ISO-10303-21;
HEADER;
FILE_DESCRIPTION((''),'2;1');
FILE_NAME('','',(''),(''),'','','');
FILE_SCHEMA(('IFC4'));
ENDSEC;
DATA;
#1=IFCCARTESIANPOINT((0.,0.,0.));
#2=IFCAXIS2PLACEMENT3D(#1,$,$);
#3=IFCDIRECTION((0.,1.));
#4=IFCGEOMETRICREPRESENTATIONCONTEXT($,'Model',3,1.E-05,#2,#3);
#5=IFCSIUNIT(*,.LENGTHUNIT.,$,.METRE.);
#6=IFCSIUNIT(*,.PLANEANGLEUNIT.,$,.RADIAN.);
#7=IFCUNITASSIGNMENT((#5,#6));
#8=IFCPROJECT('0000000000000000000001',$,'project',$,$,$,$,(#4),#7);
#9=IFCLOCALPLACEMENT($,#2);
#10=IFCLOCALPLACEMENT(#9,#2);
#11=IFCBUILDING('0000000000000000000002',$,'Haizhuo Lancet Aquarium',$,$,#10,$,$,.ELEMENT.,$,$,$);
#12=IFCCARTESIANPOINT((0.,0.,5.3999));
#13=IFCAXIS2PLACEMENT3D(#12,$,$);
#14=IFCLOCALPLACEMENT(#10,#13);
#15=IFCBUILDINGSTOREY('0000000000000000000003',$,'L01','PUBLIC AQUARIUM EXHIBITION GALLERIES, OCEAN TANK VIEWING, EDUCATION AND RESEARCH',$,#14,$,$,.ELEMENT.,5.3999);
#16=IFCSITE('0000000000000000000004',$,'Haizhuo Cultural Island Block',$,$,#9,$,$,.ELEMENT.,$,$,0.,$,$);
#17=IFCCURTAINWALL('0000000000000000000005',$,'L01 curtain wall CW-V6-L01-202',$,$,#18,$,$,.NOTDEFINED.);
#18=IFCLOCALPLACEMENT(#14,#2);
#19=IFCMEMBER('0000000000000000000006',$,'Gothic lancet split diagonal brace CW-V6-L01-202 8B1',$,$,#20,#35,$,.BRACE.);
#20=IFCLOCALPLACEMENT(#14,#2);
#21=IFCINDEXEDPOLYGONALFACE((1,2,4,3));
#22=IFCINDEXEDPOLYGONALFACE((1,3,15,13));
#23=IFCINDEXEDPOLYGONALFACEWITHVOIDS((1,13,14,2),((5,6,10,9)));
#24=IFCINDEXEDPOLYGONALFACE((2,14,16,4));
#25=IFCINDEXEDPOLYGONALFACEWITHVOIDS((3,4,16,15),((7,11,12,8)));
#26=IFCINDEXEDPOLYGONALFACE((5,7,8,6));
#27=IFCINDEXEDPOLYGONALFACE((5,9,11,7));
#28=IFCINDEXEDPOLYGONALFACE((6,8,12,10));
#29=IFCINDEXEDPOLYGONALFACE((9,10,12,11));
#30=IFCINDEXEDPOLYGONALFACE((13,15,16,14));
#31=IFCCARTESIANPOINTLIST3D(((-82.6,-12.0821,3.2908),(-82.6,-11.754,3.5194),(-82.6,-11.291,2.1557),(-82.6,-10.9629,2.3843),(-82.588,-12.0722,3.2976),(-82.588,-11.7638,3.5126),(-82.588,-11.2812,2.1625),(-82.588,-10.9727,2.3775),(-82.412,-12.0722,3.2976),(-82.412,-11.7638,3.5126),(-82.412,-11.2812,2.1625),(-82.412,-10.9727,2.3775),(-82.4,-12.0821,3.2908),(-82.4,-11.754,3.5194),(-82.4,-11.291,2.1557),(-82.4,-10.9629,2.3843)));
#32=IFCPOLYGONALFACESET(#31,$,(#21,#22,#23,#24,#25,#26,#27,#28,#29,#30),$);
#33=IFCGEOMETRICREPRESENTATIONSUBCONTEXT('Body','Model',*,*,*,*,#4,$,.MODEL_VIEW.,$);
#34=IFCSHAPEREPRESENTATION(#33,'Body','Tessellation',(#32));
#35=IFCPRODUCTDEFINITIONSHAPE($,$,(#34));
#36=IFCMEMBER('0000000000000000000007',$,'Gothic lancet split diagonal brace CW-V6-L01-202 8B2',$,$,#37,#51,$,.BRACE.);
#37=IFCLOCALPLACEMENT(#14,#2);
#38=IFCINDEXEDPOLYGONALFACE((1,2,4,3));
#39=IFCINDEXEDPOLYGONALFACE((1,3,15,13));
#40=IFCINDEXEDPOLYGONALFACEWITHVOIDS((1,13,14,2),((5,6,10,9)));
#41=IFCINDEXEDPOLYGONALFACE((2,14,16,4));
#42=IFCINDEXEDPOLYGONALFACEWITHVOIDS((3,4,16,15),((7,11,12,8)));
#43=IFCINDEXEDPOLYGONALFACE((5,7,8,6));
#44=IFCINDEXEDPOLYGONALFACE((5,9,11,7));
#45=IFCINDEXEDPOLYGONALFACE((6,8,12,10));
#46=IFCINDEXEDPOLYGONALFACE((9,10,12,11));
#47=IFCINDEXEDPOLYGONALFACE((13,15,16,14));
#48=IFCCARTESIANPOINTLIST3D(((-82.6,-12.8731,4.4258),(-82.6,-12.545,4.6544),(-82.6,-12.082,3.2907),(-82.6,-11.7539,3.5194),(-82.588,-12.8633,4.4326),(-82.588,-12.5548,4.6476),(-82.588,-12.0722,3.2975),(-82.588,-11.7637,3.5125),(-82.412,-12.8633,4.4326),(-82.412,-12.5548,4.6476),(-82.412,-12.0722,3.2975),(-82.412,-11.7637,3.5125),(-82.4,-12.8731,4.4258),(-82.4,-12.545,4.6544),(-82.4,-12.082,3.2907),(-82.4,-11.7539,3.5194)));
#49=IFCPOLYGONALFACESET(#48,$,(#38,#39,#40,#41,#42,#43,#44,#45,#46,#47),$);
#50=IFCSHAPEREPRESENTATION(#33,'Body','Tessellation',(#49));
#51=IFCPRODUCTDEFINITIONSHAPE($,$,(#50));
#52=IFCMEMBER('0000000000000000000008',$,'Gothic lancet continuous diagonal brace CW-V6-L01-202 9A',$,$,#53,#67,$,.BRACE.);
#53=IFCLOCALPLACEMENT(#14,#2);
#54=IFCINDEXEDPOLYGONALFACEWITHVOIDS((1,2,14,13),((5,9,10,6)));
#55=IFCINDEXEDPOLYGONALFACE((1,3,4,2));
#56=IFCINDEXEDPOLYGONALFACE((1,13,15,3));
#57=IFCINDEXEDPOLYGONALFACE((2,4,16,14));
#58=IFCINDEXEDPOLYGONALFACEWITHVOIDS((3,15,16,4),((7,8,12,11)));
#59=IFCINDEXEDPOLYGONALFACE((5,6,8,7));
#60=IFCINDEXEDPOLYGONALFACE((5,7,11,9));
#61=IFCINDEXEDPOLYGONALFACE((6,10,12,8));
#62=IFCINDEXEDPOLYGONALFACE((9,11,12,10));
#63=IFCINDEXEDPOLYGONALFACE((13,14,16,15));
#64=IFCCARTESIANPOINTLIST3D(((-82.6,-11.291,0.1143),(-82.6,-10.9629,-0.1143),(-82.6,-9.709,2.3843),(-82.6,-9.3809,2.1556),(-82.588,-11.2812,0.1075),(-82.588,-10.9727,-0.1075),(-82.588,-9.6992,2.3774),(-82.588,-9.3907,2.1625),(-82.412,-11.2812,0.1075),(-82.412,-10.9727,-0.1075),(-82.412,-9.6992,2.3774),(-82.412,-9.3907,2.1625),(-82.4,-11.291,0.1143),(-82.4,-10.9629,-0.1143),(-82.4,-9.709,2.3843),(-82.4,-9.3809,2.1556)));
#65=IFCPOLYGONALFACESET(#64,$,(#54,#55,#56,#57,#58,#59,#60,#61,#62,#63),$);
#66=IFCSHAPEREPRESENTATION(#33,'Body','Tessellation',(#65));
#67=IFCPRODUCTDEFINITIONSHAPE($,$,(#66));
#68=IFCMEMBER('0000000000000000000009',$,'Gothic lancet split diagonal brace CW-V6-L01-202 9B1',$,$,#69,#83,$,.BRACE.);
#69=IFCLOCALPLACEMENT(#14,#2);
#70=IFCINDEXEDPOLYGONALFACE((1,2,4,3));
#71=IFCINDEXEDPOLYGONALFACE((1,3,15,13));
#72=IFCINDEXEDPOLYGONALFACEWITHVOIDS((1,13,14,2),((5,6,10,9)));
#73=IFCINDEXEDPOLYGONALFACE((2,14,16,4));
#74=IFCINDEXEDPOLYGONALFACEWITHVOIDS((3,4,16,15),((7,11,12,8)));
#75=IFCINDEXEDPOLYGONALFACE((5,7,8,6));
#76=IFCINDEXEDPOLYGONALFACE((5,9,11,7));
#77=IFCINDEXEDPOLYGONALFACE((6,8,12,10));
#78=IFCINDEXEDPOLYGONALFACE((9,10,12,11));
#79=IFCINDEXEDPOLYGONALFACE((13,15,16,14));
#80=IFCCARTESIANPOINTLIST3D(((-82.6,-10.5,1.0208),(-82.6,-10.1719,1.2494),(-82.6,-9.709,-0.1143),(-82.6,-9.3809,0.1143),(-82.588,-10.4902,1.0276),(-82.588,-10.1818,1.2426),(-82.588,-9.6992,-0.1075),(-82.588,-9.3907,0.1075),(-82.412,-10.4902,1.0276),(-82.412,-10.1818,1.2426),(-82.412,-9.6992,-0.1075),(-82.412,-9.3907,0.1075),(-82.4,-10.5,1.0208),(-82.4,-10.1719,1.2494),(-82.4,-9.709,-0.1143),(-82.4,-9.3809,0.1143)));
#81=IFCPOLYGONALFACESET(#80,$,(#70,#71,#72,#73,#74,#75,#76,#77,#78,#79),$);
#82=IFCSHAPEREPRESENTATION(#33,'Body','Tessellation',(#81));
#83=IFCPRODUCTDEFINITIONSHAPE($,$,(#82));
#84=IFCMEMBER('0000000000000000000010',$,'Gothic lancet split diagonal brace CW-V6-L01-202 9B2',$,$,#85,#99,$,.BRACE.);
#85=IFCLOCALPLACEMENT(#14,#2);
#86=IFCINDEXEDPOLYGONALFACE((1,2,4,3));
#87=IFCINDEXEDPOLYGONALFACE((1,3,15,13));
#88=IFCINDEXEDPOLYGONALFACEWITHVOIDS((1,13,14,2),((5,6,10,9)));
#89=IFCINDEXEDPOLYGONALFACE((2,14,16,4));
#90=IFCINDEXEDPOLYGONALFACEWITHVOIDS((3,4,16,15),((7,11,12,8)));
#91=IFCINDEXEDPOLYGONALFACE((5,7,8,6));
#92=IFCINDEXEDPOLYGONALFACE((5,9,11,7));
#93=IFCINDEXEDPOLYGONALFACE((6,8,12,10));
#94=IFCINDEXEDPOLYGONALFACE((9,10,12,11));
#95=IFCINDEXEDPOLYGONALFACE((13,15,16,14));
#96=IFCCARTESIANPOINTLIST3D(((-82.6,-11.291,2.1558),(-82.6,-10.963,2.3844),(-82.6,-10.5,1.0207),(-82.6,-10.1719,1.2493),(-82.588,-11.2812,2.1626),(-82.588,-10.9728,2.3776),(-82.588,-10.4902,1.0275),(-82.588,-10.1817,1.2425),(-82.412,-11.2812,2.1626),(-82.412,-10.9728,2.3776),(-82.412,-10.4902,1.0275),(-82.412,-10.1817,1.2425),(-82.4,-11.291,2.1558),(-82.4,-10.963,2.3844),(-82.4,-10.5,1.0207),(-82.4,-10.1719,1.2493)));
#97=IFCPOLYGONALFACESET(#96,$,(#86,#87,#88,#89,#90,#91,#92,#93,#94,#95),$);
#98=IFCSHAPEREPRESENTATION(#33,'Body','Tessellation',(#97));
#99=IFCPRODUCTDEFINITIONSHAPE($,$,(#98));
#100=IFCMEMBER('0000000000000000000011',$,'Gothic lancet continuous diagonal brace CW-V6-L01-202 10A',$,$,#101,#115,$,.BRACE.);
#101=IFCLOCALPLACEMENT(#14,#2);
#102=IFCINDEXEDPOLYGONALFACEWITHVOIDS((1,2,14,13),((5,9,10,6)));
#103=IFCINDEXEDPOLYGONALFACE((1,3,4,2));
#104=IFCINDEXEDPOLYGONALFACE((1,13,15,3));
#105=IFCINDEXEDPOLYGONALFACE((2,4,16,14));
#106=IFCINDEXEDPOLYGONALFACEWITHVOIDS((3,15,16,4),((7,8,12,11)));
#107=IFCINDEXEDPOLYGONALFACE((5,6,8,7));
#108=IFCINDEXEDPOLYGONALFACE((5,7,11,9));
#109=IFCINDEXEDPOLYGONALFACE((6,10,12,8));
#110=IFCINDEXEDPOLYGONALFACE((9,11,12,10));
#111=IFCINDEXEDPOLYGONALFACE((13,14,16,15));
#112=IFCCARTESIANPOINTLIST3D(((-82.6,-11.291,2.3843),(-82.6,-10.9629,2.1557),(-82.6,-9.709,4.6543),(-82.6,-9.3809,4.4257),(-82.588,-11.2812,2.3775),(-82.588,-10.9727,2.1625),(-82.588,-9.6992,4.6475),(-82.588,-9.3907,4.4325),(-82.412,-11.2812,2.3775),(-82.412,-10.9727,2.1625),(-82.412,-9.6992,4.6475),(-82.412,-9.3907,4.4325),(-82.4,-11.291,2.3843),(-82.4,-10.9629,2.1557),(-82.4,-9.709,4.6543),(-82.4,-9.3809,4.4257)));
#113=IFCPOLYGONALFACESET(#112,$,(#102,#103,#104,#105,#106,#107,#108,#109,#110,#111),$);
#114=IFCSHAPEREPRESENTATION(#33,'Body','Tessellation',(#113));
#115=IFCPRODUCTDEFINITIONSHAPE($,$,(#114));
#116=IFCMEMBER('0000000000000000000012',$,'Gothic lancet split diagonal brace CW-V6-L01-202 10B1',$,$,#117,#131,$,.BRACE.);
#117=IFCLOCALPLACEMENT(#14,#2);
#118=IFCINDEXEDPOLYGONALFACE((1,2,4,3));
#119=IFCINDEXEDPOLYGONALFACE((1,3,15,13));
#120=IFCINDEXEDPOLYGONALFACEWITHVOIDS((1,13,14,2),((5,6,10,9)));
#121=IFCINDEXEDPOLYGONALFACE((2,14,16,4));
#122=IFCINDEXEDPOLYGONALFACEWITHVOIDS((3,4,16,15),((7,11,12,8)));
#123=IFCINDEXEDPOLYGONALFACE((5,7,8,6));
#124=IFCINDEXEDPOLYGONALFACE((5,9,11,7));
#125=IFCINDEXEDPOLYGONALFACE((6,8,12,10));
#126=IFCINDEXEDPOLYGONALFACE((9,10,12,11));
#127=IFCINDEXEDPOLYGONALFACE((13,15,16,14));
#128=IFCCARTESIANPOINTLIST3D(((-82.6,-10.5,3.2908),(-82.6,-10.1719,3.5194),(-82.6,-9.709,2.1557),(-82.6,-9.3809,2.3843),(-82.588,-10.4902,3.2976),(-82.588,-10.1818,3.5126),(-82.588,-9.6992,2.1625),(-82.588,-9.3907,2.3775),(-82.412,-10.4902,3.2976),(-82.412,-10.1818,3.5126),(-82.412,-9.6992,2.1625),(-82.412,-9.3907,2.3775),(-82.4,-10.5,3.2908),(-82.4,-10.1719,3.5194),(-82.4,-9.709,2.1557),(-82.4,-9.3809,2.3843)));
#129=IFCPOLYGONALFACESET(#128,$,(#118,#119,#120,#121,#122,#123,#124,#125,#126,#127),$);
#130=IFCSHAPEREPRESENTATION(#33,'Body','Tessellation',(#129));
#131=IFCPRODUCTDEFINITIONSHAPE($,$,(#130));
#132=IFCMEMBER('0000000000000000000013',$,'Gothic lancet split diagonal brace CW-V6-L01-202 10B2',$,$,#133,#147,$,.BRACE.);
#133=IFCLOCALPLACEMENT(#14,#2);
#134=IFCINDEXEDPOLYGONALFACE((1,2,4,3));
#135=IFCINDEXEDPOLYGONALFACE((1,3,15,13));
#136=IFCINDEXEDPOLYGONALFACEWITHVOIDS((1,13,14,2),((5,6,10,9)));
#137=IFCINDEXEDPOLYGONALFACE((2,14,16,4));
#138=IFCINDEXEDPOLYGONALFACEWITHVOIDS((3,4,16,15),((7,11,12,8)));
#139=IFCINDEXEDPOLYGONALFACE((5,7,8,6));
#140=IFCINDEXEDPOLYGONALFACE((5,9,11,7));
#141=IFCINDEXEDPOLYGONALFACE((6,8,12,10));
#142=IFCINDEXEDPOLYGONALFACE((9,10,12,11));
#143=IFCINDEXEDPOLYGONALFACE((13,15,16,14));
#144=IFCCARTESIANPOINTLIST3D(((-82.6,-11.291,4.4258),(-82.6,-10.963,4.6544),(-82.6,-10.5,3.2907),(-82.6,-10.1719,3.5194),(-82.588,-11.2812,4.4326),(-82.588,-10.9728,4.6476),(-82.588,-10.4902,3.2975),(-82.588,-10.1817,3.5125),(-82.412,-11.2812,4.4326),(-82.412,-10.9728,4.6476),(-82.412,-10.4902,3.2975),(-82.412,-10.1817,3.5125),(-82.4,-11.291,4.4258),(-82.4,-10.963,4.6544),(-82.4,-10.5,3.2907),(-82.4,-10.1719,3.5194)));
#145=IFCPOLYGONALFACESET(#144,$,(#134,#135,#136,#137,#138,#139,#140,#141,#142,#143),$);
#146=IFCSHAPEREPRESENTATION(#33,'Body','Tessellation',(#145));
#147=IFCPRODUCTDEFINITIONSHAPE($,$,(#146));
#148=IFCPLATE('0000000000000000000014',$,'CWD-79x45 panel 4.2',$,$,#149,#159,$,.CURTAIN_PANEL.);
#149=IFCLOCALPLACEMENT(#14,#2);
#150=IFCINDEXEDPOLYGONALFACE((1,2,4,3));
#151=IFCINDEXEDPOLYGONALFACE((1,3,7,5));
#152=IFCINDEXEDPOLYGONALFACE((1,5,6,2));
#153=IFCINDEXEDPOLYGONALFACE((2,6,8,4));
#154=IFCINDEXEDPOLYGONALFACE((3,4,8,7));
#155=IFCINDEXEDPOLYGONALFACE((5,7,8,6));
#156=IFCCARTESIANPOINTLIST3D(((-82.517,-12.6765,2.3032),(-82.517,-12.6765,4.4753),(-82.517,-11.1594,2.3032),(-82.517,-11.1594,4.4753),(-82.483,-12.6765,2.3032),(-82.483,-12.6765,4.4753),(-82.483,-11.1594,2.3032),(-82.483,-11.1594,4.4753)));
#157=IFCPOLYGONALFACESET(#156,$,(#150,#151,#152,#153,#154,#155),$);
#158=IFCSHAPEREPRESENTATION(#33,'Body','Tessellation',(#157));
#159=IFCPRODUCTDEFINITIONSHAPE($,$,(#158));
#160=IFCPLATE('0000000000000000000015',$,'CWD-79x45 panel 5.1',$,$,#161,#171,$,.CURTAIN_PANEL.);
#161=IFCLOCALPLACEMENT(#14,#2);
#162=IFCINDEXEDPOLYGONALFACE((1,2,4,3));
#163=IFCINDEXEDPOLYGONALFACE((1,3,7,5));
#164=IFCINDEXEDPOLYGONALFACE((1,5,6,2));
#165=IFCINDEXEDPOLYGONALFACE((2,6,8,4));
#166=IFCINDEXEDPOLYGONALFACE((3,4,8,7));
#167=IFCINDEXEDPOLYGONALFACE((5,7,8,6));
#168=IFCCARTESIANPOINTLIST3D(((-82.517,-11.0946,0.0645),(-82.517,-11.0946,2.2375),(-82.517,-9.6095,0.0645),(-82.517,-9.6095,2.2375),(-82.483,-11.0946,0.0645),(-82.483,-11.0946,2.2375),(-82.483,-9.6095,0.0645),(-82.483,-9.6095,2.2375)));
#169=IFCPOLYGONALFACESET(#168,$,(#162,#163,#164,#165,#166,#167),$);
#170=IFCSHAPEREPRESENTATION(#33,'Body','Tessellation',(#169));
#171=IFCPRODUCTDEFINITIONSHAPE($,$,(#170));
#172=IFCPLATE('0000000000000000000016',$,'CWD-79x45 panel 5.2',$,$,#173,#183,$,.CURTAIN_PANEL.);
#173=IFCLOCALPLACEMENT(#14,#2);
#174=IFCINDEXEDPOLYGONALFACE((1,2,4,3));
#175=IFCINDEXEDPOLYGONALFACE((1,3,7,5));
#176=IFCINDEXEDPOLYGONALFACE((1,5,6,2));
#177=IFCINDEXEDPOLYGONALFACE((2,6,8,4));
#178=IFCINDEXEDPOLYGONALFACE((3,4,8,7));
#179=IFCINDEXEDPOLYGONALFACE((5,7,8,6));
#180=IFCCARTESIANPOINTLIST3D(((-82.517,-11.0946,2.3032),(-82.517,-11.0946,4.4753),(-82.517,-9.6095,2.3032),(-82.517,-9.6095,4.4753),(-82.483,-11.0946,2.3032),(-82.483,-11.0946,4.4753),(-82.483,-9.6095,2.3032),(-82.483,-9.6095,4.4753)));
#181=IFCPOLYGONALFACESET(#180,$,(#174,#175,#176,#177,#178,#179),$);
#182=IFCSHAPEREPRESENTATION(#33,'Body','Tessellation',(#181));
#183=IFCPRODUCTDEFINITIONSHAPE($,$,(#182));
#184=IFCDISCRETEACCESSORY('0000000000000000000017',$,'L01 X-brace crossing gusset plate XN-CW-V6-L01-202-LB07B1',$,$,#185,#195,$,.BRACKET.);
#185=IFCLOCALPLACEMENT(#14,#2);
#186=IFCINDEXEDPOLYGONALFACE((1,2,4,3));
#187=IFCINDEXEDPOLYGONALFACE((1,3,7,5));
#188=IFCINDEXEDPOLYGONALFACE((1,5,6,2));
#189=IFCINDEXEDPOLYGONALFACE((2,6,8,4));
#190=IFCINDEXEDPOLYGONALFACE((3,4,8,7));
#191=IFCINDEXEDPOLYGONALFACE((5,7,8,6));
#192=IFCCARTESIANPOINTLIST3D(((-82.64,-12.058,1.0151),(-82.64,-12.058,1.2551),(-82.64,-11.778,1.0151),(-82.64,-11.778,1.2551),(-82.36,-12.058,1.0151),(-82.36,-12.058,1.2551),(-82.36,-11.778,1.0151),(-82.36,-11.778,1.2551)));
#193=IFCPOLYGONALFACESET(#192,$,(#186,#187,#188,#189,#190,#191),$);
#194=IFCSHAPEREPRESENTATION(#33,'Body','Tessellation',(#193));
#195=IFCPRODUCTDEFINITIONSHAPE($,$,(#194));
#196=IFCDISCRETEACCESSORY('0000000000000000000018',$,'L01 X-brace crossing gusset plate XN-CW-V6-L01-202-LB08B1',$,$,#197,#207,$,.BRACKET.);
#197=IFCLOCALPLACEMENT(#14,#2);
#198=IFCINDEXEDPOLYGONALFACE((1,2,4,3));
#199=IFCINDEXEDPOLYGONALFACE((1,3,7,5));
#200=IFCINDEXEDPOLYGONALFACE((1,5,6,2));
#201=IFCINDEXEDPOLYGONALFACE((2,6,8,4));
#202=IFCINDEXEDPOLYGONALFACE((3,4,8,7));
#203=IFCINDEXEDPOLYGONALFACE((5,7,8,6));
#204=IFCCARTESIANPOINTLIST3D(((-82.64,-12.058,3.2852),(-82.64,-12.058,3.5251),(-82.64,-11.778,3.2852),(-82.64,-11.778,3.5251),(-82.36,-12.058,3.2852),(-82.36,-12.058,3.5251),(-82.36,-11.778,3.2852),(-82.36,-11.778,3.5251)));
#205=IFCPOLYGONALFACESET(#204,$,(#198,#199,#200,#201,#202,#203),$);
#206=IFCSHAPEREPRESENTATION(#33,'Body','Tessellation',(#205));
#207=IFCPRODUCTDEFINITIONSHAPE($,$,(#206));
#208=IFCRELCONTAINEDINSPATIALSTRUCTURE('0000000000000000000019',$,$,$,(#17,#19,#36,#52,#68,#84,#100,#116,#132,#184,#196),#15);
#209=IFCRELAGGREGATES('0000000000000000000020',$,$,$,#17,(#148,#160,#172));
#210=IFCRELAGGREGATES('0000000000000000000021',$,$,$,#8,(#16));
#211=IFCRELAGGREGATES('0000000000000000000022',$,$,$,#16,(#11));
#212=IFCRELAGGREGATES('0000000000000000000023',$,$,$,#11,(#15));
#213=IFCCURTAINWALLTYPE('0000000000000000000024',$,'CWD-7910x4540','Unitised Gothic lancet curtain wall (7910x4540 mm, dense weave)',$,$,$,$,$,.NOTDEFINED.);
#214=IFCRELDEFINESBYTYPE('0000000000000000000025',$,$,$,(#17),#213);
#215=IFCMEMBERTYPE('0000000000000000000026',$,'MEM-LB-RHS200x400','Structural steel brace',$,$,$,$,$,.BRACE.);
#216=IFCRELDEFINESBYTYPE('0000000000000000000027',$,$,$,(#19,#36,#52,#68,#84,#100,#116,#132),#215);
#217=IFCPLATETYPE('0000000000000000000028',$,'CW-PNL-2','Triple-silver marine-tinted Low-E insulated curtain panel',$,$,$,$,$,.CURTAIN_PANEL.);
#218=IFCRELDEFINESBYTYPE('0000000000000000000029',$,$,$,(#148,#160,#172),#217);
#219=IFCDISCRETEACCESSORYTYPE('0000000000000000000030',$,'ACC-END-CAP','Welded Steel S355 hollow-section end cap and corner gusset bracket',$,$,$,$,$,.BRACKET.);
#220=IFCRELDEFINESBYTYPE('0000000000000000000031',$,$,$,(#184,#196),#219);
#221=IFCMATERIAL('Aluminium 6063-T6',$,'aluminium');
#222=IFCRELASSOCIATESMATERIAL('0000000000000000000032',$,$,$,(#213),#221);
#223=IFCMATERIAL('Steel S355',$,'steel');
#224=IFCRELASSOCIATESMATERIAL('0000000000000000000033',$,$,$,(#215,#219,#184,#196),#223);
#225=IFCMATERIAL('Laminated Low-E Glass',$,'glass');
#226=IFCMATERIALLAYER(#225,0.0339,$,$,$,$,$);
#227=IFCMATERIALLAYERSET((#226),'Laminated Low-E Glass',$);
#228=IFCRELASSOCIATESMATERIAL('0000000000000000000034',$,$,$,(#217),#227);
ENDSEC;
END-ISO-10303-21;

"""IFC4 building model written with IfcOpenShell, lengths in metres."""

from ifc_helpers import new_model, si_unit, direction, frame, origin, origin_2d, place, context, subcontext, project, spatial, rectangle, hollow_rectangle, extrude, material, layer, layer_set, material_profile, profile_set, type_object, element, aggregate, save


model = new_model("IFC4")

# Units and contexts
model_context = context("Model", 3, precision=1e-05, world=origin(), true_north=direction((0.0, 1.0)))
body_context = subcontext(model_context, "Body", "Model", "MODEL_VIEW")
ifc_project = project(units=[si_unit("LENGTHUNIT", "METRE"), si_unit("PLANEANGLEUNIT", "RADIAN")], contexts=[model_context])

# Site, building, storey
site_placement = place(None, origin())
site = spatial("IfcSite", under=ifc_project, at=site_placement, Name="Haizhuo Cultural Island Block", CompositionType="ELEMENT", RefElevation=0.0)
building_placement = place(site_placement, origin())
building = spatial("IfcBuilding", under=site, at=building_placement, Name="Haizhuo Lancet Aquarium", CompositionType="ELEMENT")
storey_placement = place(building_placement, frame((0.0, 0.0, 5.3999)))
storey = spatial("IfcBuildingStorey", under=building, at=storey_placement, Name="L01", Description="PUBLIC AQUARIUM EXHIBITION GALLERIES, OCEAN TANK VIEWING, EDUCATION AND RESEARCH", CompositionType="ELEMENT", Elevation=5.3999)

# Shared definitions
ifc_material_1 = material(Name="Steel S355", Category="steel")

# Curtain wall
ifc_material_2 = material(Name="Aluminium 6063-T6", Category="aluminium")
curtain_wall_type = type_object("IfcCurtainWallType", Name="CWD-7910x4540", Description="Unitised Gothic lancet curtain wall (7910x4540 mm, dense weave)", PredefinedType="NOTDEFINED", material=ifc_material_2)
curtain_wall_placement = place(storey_placement, origin())
curtain_wall = element("IfcCurtainWall", 1, at=curtain_wall_placement, inside=storey, type_object=curtain_wall_type, Name="L01 curtain wall CW-V6-L01-202", PredefinedType="NOTDEFINED")

# Members
ifc_material_profile_1 = material_profile(ifc_material_1, hollow_rectangle(XDim=0.2, YDim=0.3999, WallThickness=0.012, at=origin_2d()), Name="RHS 200x400x12")
ifc_profile_set_1 = profile_set([ifc_material_profile_1], Name="Steel S355")
member_type_1 = type_object("IfcMemberType", Name="MEM-LB-RHS200x400", Description="Structural steel brace", PredefinedType="BRACE", material=ifc_profile_set_1)
for number, where, z_axis, x_axis, name in (
    (2, (-82.5, -11.127, 2.27), (0.0, -0.571767, 0.820416), (1.0, 0.0, 0.0), "Gothic lancet split diagonal brace CW-V6-L01-202 8B1"),
    (3, (-82.5, -11.918, 3.405), (0.0, -0.571767, 0.820416), (1.0, 0.0, 0.0), "Gothic lancet split diagonal brace CW-V6-L01-202 8B2"),
):
    element("IfcMember", number, at=place(storey_placement, frame(where, z_axis=z_axis, x_axis=x_axis)), inside=storey, type_object=member_type_1, Name=name, PredefinedType="BRACE", context=body_context, shape_type="SweptSolid", body=[
        extrude(hollow_rectangle(XDim=0.2, YDim=0.3999, WallThickness=0.012, at=origin_2d()), origin(), (0.0, 0.0, 1.0), 1.3835),
    ])
member_1_placement = place(storey_placement, frame((-82.5, -11.127, 0.0), z_axis=(0.0, 0.571767, 0.820416), x_axis=(-1.0, 0.0, 0.0)))
element("IfcMember", 4, at=member_1_placement, inside=storey, type_object=member_type_1, Name="Gothic lancet continuous diagonal brace CW-V6-L01-202 9A", PredefinedType="BRACE", context=body_context, shape_type="SweptSolid", body=[
    extrude(hollow_rectangle(XDim=0.2, YDim=0.3999, WallThickness=0.012, at=origin_2d()), origin(), (0.0, 0.0, 1.0), 2.7668),
])
for number, where, z_axis, x_axis, name in (
    (5, (-82.5, -9.5449, 0.0), (0.0, -0.571767, 0.820416), (1.0, 0.0, 0.0), "Gothic lancet split diagonal brace CW-V6-L01-202 9B1"),
    (6, (-82.5, -10.3359, 1.135), (0.0, -0.571767, 0.820416), (1.0, 0.0, 0.0), "Gothic lancet split diagonal brace CW-V6-L01-202 9B2"),
):
    element("IfcMember", number, at=place(storey_placement, frame(where, z_axis=z_axis, x_axis=x_axis)), inside=storey, type_object=member_type_1, Name=name, PredefinedType="BRACE", context=body_context, shape_type="SweptSolid", body=[
        extrude(hollow_rectangle(XDim=0.2, YDim=0.3999, WallThickness=0.012, at=origin_2d()), origin(), (0.0, 0.0, 1.0), 1.3835),
    ])
member_2_placement = place(storey_placement, frame((-82.5, -11.127, 2.27), z_axis=(0.0, 0.571767, 0.820416), x_axis=(-1.0, 0.0, 0.0)))
element("IfcMember", 7, at=member_2_placement, inside=storey, type_object=member_type_1, Name="Gothic lancet continuous diagonal brace CW-V6-L01-202 10A", PredefinedType="BRACE", context=body_context, shape_type="SweptSolid", body=[
    extrude(hollow_rectangle(XDim=0.2, YDim=0.3999, WallThickness=0.012, at=origin_2d()), origin(), (0.0, 0.0, 1.0), 2.7668),
])
for number, where, z_axis, x_axis, name in (
    (8, (-82.5, -9.5449, 2.27), (0.0, -0.571767, 0.820416), (1.0, 0.0, 0.0), "Gothic lancet split diagonal brace CW-V6-L01-202 10B1"),
    (9, (-82.5, -10.3359, 3.405), (0.0, -0.571767, 0.820416), (1.0, 0.0, 0.0), "Gothic lancet split diagonal brace CW-V6-L01-202 10B2"),
):
    element("IfcMember", number, at=place(storey_placement, frame(where, z_axis=z_axis, x_axis=x_axis)), inside=storey, type_object=member_type_1, Name=name, PredefinedType="BRACE", context=body_context, shape_type="SweptSolid", body=[
        extrude(hollow_rectangle(XDim=0.2, YDim=0.3999, WallThickness=0.012, at=origin_2d()), origin(), (0.0, 0.0, 1.0), 1.3835),
    ])

# Plates
ifc_material_3 = material(Name="Laminated Low-E Glass", Category="glass")
ifc_layer = layer(ifc_material_3, 0.0339)
ifc_layer_set = layer_set([ifc_layer], Name="Laminated Low-E Glass")
plate_type = type_object("IfcPlateType", Name="CW-PNL-2", Description="Triple-silver marine-tinted Low-E insulated curtain panel", PredefinedType="CURTAIN_PANEL", material=ifc_layer_set)
plate_1_placement = place(storey_placement, frame((-82.5, -11.918, 2.3032), z_axis=(0.0, 0.0, 1.0), x_axis=(0.0, 1.0, 0.0)))
plate_1 = element("IfcPlate", 10, at=plate_1_placement, type_object=plate_type, Name="CWD-79x45 panel 4.2", PredefinedType="CURTAIN_PANEL", context=body_context, shape_type="SweptSolid", body=[
    extrude(rectangle(XDim=1.5171, YDim=0.0339, at=origin_2d()), origin(), (0.0, 0.0, 1.0), 2.1721),
])
plate_2_placement = place(storey_placement, frame((-82.5, -10.3521, 0.0645), z_axis=(0.0, 0.0, 1.0), x_axis=(0.0, 1.0, 0.0)))
plate_2 = element("IfcPlate", 11, at=plate_2_placement, type_object=plate_type, Name="CWD-79x45 panel 5.1", PredefinedType="CURTAIN_PANEL", context=body_context, shape_type="SweptSolid", body=[
    extrude(rectangle(XDim=1.4851, YDim=0.0339, at=origin_2d()), origin(), (0.0, 0.0, 1.0), 2.1731),
])
plate_3_placement = place(storey_placement, frame((-82.5, -10.3521, 2.3032), z_axis=(0.0, 0.0, 1.0), x_axis=(0.0, 1.0, 0.0)))
plate_3 = element("IfcPlate", 12, at=plate_3_placement, type_object=plate_type, Name="CWD-79x45 panel 5.2", PredefinedType="CURTAIN_PANEL", context=body_context, shape_type="SweptSolid", body=[
    extrude(rectangle(XDim=1.4851, YDim=0.0339, at=origin_2d()), origin(), (0.0, 0.0, 1.0), 2.1721),
])
aggregate(curtain_wall, [plate_1, plate_2, plate_3])

# Discrete accessories
discrete_accessory_type = type_object("IfcDiscreteAccessoryType", Name="ACC-END-CAP", Description="Welded Steel S355 hollow-section end cap and corner gusset bracket", PredefinedType="BRACKET", material=ifc_material_1)
for number, where, z_axis, x_axis, name in (
    (13, (-82.5, -11.918, 1.0151), (0.0, 0.0, 1.0), (1.0, 0.0, 0.0), "L01 X-brace crossing gusset plate XN-CW-V6-L01-202-LB07B1"),
    (14, (-82.5, -11.918, 3.2852), (0.0, 0.0, 1.0), (1.0, 0.0, 0.0), "L01 X-brace crossing gusset plate XN-CW-V6-L01-202-LB08B1"),
):
    element("IfcDiscreteAccessory", number, at=place(storey_placement, frame(where, z_axis=z_axis, x_axis=x_axis)), inside=storey, type_object=discrete_accessory_type, material=ifc_material_1, Name=name, PredefinedType="BRACKET", context=body_context, shape_type="SweptSolid", body=[
        extrude(rectangle(XDim=0.28, YDim=0.28, at=origin_2d()), origin(), (0.0, 0.0, 1.0), 0.24),
    ])

save(model, "model.ifc")
